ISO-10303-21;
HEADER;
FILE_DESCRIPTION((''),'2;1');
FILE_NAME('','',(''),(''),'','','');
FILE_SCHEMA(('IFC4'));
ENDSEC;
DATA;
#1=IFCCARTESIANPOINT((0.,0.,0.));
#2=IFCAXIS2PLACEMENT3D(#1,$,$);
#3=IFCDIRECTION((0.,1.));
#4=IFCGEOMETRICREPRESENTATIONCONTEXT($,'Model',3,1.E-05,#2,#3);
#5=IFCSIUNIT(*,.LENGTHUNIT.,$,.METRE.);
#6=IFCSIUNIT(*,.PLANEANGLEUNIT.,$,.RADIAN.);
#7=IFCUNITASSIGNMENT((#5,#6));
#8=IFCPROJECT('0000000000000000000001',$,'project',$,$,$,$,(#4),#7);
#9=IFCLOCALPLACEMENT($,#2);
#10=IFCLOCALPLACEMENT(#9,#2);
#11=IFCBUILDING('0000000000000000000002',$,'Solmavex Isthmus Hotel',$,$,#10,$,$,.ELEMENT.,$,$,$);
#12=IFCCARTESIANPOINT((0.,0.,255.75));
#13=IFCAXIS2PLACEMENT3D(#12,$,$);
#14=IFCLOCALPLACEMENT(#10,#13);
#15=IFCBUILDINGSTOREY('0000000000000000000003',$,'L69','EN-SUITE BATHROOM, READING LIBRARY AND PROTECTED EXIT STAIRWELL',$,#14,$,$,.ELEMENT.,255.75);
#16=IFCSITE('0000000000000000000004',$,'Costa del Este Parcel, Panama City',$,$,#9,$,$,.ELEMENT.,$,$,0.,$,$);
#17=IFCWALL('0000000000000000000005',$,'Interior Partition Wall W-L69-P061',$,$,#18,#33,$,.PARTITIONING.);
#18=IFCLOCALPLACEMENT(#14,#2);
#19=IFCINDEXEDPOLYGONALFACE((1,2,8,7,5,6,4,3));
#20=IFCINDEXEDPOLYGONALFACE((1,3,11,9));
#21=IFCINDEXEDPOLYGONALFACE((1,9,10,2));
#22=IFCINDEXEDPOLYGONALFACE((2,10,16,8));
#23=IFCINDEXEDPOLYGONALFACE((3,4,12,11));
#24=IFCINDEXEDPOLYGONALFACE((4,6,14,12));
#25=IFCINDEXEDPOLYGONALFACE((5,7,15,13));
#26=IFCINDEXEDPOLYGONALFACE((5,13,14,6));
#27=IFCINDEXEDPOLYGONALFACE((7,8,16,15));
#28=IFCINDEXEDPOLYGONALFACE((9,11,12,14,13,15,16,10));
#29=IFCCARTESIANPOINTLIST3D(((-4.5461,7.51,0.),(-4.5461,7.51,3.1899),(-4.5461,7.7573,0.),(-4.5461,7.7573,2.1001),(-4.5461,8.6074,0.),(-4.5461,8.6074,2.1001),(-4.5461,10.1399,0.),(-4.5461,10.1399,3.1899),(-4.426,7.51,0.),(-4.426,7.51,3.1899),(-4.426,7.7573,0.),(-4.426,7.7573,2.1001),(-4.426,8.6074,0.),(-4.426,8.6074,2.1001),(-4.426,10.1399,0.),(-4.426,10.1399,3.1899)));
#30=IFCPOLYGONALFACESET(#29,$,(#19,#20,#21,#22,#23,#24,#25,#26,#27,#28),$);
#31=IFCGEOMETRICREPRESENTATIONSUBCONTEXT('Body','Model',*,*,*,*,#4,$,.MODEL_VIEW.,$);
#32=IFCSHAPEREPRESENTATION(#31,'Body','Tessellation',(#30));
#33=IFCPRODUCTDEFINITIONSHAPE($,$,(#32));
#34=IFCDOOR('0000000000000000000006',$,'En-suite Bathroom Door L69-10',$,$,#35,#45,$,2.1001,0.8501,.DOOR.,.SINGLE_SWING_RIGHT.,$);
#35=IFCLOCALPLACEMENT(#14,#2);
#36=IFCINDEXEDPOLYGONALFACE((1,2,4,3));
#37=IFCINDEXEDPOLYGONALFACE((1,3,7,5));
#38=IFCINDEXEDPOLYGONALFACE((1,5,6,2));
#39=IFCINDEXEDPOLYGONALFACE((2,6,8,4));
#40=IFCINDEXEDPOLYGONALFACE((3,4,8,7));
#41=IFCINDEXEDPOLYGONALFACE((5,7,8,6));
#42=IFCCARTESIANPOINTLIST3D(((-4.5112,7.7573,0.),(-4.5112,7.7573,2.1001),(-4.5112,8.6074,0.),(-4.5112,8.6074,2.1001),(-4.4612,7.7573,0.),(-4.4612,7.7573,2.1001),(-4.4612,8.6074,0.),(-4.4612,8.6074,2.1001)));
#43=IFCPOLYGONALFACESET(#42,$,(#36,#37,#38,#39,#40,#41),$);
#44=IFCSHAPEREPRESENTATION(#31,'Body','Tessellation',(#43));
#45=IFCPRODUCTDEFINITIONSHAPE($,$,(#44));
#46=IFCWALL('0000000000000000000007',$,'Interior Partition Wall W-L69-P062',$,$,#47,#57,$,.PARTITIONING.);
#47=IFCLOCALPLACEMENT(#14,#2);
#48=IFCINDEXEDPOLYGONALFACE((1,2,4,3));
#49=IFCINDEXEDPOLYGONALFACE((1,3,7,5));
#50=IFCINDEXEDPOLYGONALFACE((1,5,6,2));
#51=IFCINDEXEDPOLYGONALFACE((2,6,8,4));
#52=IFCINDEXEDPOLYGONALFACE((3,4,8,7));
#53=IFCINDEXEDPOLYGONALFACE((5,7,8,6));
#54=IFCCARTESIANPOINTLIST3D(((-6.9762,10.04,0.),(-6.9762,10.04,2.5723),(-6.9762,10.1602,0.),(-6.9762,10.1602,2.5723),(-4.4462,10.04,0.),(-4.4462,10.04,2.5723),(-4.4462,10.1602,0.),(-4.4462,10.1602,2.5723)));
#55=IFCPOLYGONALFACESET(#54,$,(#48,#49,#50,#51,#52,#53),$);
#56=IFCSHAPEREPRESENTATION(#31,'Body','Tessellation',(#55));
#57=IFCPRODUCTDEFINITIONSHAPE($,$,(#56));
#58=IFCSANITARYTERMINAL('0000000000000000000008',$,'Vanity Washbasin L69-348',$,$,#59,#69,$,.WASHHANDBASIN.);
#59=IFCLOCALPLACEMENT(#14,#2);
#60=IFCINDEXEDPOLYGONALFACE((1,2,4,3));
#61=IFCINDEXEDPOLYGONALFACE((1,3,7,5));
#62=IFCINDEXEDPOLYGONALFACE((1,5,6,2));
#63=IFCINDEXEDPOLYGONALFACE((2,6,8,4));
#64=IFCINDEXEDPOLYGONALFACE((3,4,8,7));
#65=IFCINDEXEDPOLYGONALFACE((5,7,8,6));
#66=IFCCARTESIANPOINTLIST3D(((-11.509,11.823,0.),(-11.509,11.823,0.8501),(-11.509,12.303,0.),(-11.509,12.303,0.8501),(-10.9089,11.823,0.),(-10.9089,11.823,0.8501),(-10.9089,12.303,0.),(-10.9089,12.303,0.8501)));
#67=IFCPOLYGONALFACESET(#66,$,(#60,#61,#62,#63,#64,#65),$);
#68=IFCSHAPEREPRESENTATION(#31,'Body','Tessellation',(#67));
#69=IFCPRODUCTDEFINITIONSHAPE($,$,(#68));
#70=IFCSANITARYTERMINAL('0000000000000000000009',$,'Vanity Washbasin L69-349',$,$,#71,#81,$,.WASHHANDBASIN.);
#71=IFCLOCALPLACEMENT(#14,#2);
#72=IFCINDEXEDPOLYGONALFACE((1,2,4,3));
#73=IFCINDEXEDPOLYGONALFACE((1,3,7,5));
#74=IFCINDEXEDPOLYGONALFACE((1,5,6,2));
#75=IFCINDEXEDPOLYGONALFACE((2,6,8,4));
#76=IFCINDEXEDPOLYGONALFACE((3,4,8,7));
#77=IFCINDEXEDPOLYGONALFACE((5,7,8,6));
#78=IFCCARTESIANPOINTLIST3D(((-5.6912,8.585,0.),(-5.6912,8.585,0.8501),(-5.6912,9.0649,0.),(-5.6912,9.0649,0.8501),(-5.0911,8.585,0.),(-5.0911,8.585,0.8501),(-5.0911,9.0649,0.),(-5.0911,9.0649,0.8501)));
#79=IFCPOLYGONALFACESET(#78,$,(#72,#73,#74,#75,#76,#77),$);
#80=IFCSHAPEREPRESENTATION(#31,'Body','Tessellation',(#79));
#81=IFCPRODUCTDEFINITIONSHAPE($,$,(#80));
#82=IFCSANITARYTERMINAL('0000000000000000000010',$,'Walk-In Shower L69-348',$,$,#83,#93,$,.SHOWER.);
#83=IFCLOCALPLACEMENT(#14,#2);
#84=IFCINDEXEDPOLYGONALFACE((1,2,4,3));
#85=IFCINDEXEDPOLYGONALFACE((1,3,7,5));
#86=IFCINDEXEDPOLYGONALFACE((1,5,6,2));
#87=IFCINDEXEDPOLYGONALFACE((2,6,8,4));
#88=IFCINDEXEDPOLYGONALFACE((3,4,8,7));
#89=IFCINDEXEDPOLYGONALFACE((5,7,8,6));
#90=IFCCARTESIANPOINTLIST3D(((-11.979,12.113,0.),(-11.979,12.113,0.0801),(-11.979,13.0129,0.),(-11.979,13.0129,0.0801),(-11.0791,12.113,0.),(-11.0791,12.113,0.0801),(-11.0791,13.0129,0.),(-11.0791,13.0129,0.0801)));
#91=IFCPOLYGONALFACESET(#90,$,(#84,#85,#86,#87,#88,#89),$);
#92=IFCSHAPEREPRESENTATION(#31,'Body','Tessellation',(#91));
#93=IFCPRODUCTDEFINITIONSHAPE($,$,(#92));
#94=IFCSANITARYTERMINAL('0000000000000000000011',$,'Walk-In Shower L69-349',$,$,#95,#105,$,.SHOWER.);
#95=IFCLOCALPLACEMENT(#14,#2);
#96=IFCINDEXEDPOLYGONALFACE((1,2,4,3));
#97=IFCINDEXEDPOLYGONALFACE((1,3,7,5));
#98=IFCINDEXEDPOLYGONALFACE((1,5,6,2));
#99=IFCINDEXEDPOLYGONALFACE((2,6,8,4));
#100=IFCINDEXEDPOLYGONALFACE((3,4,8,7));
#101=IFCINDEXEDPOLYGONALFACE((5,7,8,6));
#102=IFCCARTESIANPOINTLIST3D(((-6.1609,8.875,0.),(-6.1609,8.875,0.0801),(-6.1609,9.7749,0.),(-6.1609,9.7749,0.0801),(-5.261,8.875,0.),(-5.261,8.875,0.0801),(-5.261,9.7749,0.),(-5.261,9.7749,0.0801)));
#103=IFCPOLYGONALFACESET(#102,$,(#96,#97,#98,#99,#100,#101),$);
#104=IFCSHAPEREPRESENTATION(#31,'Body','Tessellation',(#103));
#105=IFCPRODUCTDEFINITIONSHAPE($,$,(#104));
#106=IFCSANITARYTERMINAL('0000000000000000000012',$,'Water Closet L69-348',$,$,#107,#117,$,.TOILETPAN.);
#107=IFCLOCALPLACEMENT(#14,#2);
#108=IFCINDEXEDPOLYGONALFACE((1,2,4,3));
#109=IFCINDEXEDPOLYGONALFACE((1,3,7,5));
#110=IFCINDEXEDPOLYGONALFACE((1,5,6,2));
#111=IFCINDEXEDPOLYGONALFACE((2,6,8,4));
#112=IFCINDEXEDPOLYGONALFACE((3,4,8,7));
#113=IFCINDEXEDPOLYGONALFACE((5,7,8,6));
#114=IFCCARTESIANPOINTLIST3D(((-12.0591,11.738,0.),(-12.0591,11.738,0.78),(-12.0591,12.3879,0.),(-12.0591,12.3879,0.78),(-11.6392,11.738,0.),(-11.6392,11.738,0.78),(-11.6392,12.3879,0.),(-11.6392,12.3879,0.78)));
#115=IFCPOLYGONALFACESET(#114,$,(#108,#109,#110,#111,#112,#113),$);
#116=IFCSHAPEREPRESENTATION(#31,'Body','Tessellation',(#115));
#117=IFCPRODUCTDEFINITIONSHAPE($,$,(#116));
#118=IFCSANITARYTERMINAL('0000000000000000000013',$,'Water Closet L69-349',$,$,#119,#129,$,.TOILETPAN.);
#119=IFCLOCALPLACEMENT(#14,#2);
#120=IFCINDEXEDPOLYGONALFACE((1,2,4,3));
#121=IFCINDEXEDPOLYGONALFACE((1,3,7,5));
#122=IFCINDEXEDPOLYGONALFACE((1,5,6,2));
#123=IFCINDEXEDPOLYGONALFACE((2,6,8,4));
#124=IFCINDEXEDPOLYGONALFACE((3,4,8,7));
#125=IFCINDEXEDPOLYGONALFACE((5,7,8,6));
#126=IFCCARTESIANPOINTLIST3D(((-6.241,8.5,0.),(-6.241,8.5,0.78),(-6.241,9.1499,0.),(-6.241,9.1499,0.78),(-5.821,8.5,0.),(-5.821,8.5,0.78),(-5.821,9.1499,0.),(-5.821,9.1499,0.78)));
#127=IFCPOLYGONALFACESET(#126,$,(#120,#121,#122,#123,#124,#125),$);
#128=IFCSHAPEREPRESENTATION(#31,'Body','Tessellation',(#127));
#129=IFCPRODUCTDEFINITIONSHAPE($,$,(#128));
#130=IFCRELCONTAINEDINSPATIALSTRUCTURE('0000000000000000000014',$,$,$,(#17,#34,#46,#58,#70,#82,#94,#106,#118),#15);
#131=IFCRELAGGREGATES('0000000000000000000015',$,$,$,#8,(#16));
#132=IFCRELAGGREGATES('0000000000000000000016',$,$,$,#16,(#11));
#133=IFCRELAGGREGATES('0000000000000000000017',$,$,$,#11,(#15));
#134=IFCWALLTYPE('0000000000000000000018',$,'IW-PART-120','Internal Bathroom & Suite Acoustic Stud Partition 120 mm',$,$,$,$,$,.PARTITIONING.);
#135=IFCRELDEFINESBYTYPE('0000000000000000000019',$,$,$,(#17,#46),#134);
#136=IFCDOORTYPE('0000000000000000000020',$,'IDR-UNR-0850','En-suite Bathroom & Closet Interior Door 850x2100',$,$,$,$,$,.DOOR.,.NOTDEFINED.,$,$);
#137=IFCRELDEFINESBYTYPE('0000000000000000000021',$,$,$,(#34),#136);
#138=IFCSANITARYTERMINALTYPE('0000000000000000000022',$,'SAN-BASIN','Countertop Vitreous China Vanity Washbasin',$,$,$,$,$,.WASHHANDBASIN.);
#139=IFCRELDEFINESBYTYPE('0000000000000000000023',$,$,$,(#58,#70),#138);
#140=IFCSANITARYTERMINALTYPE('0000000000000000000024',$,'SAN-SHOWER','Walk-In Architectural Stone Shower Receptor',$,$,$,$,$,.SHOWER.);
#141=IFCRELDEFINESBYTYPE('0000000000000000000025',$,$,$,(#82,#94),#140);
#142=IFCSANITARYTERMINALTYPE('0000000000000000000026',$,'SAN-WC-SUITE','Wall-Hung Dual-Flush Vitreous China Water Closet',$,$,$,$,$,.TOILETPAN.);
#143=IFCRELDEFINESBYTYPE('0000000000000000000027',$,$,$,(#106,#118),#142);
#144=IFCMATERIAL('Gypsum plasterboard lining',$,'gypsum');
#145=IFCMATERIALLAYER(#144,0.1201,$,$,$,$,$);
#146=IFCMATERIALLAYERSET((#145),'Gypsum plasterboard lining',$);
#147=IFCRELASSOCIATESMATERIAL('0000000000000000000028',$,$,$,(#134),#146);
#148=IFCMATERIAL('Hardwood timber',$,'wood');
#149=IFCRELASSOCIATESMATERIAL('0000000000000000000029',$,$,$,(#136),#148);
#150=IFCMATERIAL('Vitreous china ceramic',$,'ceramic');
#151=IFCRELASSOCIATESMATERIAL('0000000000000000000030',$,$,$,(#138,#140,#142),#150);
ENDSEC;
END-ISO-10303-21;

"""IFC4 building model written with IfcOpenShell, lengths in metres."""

from ifc_helpers import new_model, si_unit, direction, frame, frame_2d, origin, origin_2d, place, context, subcontext, project, spatial, rectangle, extrude, material, layer, layer_set, type_object, element, fill, save


model = new_model("IFC4")

# Units and contexts
model_context = context("Model", 3, precision=1e-05, world=origin(), true_north=direction((0.0, 1.0)))
body_context = subcontext(model_context, "Body", "Model", "MODEL_VIEW")
ifc_project = project(units=[si_unit("LENGTHUNIT", "METRE"), si_unit("PLANEANGLEUNIT", "RADIAN")], contexts=[model_context])

# Site, building, storey
site_placement = place(None, origin())
site = spatial("IfcSite", under=ifc_project, at=site_placement, Name="Costa del Este Parcel, Panama City", CompositionType="ELEMENT", RefElevation=0.0)
building_placement = place(site_placement, origin())
building = spatial("IfcBuilding", under=site, at=building_placement, Name="Solmavex Isthmus Hotel", CompositionType="ELEMENT")
storey_placement = place(building_placement, frame((0.0, 0.0, 255.75)))
storey = spatial("IfcBuildingStorey", under=building, at=storey_placement, Name="L69", Description="EN-SUITE BATHROOM, READING LIBRARY AND PROTECTED EXIT STAIRWELL", CompositionType="ELEMENT", Elevation=255.75)

# Shared definitions
ifc_material_1 = material(Name="Gypsum plasterboard lining", Category="gypsum")

# Shared definitions
ifc_material_2 = material(Name="Hardwood timber", Category="wood")

# Shared definitions
ifc_layer_1 = layer(ifc_material_1, 0.1201)
ifc_layer_set_1 = layer_set([ifc_layer_1], Name="Gypsum plasterboard lining")
wall_type_1 = type_object("IfcWallType", Name="IW-PART-120", Description="Internal Bathroom & Suite Acoustic Stud Partition 120 mm", PredefinedType="PARTITIONING", material=ifc_layer_set_1)

# Wall, opening, door
door_type_1 = type_object("IfcDoorType", Name="IDR-UNR-0850", Description="En-suite Bathroom & Closet Interior Door 850x2100", OperationType="NOTDEFINED", PredefinedType="DOOR", material=ifc_material_2)
wall_1_placement = place(storey_placement, frame((-4.4861, 7.51, 0.0), z_axis=(0.0, 0.0, 1.0), x_axis=(0.0, 1.0, 0.0)))
wall_1 = element("IfcWall", 1, at=wall_1_placement, inside=storey, type_object=wall_type_1, Name="Interior Partition Wall W-L69-P061", PredefinedType="PARTITIONING", context=body_context, shape_type="SweptSolid", body=[
    extrude(rectangle(XDim=2.6299, YDim=0.1201, at=frame_2d((1.3149, 0.0))), origin(), (0.0, 0.0, 1.0), 3.1899),
])
opening_1_placement = place(wall_1_placement, frame((0.2473, 0.0, 0.0)))
opening_1 = element("IfcOpeningElement", 2, at=opening_1_placement, cuts=wall_1, PredefinedType="OPENING", context=body_context, shape_type="SweptSolid", body=[
    extrude(rectangle(XDim=0.8501, YDim=2.1001, at=frame_2d((0.425, 1.05))), frame((0.0, 0.0701, 0.0), z_axis=(0.0, -1.0, 0.0), x_axis=(1.0, 0.0, 0.0)), (0.0, 0.0, 1.0), 0.1401),
])
door_1_placement = place(opening_1_placement, frame((0.8501, 0.0, 0.0), z_axis=(0.0, 0.0, 1.0), x_axis=(-1.0, 0.0, 0.0)))
door_1 = element("IfcDoor", 3, at=door_1_placement, inside=storey, type_object=door_type_1, Name="En-suite Bathroom Door L69-10", OperationType="SINGLE_SWING_RIGHT", OverallHeight=2.1001, OverallWidth=0.8501, PredefinedType="DOOR", context=body_context, shape_type="SweptSolid", body=[
    extrude(rectangle(XDim=0.8501, YDim=2.1001, at=frame_2d((0.425, 1.05))), frame((0.0, 0.0249, 0.0), z_axis=(0.0, -1.0, 0.0), x_axis=(1.0, 0.0, 0.0)), (0.0, 0.0, 1.0), 0.05),
])
fill(opening_1, door_1)

# Wall
wall_2_placement = place(storey_placement, frame((-4.446, 10.1001, 0.0), z_axis=(0.0, 0.0, 1.0), x_axis=(-1.0, 0.0, 0.0)))
element("IfcWall", 4, at=wall_2_placement, inside=storey, type_object=wall_type_1, Name="Interior Partition Wall W-L69-P062", PredefinedType="PARTITIONING", context=body_context, shape_type="SweptSolid", body=[
    extrude(rectangle(XDim=2.53, YDim=0.1201, at=frame_2d((1.2651, 0.0))), origin(), (0.0, 0.0, 1.0), 2.5723),
])

# Sanitary terminals
ifc_material_3 = material(Name="Vitreous china ceramic", Category="ceramic")
sanitary_terminal_type_1 = type_object("IfcSanitaryTerminalType", Name="SAN-BASIN", Description="Countertop Vitreous China Vanity Washbasin", PredefinedType="WASHHANDBASIN", material=ifc_material_3)
for number, where, z_axis, x_axis, name in (
    (5, (-11.209, 12.063, 0.0), (0.0, 0.0, 1.0), (1.0, 0.0, 0.0), "Vanity Washbasin L69-348"),
    (6, (-5.3911, 8.825, 0.0), (0.0, 0.0, 1.0), (1.0, 0.0, 0.0), "Vanity Washbasin L69-349"),
):
    element("IfcSanitaryTerminal", number, at=place(storey_placement, frame(where, z_axis=z_axis, x_axis=x_axis)), inside=storey, type_object=sanitary_terminal_type_1, Name=name, PredefinedType="WASHHANDBASIN", context=body_context, shape_type="SweptSolid", body=[
        extrude(rectangle(XDim=0.6001, YDim=0.48, at=origin_2d()), origin(), (0.0, 0.0, 1.0), 0.8501),
    ])
sanitary_terminal_type_2 = type_object("IfcSanitaryTerminalType", Name="SAN-SHOWER", Description="Walk-In Architectural Stone Shower Receptor", PredefinedType="SHOWER", material=ifc_material_3)
for number, where, z_axis, x_axis, name in (
    (7, (-11.5291, 12.563, 0.0), (0.0, 0.0, 1.0), (1.0, 0.0, 0.0), "Walk-In Shower L69-348"),
    (8, (-5.7109, 9.325, 0.0), (0.0, 0.0, 1.0), (1.0, 0.0, 0.0), "Walk-In Shower L69-349"),
):
    element("IfcSanitaryTerminal", number, at=place(storey_placement, frame(where, z_axis=z_axis, x_axis=x_axis)), inside=storey, type_object=sanitary_terminal_type_2, Name=name, PredefinedType="SHOWER", context=body_context, shape_type="SweptSolid", body=[
        extrude(rectangle(XDim=0.8999, YDim=0.8999, at=origin_2d()), origin(), (0.0, 0.0, 1.0), 0.0801),
    ])
sanitary_terminal_type_3 = type_object("IfcSanitaryTerminalType", Name="SAN-WC-SUITE", Description="Wall-Hung Dual-Flush Vitreous China Water Closet", PredefinedType="TOILETPAN", material=ifc_material_3)
for number, where, z_axis, x_axis, name in (
    (9, (-11.8491, 12.063, 0.0), (0.0, 0.0, 1.0), (1.0, 0.0, 0.0), "Water Closet L69-348"),
    (10, (-6.031, 8.825, 0.0), (0.0, 0.0, 1.0), (1.0, 0.0, 0.0), "Water Closet L69-349"),
):
    element("IfcSanitaryTerminal", number, at=place(storey_placement, frame(where, z_axis=z_axis, x_axis=x_axis)), inside=storey, type_object=sanitary_terminal_type_3, Name=name, PredefinedType="TOILETPAN", context=body_context, shape_type="SweptSolid", body=[
        extrude(rectangle(XDim=0.4199, YDim=0.6499, at=origin_2d()), origin(), (0.0, 0.0, 1.0), 0.78),
    ])

save(model, "model.ifc")
